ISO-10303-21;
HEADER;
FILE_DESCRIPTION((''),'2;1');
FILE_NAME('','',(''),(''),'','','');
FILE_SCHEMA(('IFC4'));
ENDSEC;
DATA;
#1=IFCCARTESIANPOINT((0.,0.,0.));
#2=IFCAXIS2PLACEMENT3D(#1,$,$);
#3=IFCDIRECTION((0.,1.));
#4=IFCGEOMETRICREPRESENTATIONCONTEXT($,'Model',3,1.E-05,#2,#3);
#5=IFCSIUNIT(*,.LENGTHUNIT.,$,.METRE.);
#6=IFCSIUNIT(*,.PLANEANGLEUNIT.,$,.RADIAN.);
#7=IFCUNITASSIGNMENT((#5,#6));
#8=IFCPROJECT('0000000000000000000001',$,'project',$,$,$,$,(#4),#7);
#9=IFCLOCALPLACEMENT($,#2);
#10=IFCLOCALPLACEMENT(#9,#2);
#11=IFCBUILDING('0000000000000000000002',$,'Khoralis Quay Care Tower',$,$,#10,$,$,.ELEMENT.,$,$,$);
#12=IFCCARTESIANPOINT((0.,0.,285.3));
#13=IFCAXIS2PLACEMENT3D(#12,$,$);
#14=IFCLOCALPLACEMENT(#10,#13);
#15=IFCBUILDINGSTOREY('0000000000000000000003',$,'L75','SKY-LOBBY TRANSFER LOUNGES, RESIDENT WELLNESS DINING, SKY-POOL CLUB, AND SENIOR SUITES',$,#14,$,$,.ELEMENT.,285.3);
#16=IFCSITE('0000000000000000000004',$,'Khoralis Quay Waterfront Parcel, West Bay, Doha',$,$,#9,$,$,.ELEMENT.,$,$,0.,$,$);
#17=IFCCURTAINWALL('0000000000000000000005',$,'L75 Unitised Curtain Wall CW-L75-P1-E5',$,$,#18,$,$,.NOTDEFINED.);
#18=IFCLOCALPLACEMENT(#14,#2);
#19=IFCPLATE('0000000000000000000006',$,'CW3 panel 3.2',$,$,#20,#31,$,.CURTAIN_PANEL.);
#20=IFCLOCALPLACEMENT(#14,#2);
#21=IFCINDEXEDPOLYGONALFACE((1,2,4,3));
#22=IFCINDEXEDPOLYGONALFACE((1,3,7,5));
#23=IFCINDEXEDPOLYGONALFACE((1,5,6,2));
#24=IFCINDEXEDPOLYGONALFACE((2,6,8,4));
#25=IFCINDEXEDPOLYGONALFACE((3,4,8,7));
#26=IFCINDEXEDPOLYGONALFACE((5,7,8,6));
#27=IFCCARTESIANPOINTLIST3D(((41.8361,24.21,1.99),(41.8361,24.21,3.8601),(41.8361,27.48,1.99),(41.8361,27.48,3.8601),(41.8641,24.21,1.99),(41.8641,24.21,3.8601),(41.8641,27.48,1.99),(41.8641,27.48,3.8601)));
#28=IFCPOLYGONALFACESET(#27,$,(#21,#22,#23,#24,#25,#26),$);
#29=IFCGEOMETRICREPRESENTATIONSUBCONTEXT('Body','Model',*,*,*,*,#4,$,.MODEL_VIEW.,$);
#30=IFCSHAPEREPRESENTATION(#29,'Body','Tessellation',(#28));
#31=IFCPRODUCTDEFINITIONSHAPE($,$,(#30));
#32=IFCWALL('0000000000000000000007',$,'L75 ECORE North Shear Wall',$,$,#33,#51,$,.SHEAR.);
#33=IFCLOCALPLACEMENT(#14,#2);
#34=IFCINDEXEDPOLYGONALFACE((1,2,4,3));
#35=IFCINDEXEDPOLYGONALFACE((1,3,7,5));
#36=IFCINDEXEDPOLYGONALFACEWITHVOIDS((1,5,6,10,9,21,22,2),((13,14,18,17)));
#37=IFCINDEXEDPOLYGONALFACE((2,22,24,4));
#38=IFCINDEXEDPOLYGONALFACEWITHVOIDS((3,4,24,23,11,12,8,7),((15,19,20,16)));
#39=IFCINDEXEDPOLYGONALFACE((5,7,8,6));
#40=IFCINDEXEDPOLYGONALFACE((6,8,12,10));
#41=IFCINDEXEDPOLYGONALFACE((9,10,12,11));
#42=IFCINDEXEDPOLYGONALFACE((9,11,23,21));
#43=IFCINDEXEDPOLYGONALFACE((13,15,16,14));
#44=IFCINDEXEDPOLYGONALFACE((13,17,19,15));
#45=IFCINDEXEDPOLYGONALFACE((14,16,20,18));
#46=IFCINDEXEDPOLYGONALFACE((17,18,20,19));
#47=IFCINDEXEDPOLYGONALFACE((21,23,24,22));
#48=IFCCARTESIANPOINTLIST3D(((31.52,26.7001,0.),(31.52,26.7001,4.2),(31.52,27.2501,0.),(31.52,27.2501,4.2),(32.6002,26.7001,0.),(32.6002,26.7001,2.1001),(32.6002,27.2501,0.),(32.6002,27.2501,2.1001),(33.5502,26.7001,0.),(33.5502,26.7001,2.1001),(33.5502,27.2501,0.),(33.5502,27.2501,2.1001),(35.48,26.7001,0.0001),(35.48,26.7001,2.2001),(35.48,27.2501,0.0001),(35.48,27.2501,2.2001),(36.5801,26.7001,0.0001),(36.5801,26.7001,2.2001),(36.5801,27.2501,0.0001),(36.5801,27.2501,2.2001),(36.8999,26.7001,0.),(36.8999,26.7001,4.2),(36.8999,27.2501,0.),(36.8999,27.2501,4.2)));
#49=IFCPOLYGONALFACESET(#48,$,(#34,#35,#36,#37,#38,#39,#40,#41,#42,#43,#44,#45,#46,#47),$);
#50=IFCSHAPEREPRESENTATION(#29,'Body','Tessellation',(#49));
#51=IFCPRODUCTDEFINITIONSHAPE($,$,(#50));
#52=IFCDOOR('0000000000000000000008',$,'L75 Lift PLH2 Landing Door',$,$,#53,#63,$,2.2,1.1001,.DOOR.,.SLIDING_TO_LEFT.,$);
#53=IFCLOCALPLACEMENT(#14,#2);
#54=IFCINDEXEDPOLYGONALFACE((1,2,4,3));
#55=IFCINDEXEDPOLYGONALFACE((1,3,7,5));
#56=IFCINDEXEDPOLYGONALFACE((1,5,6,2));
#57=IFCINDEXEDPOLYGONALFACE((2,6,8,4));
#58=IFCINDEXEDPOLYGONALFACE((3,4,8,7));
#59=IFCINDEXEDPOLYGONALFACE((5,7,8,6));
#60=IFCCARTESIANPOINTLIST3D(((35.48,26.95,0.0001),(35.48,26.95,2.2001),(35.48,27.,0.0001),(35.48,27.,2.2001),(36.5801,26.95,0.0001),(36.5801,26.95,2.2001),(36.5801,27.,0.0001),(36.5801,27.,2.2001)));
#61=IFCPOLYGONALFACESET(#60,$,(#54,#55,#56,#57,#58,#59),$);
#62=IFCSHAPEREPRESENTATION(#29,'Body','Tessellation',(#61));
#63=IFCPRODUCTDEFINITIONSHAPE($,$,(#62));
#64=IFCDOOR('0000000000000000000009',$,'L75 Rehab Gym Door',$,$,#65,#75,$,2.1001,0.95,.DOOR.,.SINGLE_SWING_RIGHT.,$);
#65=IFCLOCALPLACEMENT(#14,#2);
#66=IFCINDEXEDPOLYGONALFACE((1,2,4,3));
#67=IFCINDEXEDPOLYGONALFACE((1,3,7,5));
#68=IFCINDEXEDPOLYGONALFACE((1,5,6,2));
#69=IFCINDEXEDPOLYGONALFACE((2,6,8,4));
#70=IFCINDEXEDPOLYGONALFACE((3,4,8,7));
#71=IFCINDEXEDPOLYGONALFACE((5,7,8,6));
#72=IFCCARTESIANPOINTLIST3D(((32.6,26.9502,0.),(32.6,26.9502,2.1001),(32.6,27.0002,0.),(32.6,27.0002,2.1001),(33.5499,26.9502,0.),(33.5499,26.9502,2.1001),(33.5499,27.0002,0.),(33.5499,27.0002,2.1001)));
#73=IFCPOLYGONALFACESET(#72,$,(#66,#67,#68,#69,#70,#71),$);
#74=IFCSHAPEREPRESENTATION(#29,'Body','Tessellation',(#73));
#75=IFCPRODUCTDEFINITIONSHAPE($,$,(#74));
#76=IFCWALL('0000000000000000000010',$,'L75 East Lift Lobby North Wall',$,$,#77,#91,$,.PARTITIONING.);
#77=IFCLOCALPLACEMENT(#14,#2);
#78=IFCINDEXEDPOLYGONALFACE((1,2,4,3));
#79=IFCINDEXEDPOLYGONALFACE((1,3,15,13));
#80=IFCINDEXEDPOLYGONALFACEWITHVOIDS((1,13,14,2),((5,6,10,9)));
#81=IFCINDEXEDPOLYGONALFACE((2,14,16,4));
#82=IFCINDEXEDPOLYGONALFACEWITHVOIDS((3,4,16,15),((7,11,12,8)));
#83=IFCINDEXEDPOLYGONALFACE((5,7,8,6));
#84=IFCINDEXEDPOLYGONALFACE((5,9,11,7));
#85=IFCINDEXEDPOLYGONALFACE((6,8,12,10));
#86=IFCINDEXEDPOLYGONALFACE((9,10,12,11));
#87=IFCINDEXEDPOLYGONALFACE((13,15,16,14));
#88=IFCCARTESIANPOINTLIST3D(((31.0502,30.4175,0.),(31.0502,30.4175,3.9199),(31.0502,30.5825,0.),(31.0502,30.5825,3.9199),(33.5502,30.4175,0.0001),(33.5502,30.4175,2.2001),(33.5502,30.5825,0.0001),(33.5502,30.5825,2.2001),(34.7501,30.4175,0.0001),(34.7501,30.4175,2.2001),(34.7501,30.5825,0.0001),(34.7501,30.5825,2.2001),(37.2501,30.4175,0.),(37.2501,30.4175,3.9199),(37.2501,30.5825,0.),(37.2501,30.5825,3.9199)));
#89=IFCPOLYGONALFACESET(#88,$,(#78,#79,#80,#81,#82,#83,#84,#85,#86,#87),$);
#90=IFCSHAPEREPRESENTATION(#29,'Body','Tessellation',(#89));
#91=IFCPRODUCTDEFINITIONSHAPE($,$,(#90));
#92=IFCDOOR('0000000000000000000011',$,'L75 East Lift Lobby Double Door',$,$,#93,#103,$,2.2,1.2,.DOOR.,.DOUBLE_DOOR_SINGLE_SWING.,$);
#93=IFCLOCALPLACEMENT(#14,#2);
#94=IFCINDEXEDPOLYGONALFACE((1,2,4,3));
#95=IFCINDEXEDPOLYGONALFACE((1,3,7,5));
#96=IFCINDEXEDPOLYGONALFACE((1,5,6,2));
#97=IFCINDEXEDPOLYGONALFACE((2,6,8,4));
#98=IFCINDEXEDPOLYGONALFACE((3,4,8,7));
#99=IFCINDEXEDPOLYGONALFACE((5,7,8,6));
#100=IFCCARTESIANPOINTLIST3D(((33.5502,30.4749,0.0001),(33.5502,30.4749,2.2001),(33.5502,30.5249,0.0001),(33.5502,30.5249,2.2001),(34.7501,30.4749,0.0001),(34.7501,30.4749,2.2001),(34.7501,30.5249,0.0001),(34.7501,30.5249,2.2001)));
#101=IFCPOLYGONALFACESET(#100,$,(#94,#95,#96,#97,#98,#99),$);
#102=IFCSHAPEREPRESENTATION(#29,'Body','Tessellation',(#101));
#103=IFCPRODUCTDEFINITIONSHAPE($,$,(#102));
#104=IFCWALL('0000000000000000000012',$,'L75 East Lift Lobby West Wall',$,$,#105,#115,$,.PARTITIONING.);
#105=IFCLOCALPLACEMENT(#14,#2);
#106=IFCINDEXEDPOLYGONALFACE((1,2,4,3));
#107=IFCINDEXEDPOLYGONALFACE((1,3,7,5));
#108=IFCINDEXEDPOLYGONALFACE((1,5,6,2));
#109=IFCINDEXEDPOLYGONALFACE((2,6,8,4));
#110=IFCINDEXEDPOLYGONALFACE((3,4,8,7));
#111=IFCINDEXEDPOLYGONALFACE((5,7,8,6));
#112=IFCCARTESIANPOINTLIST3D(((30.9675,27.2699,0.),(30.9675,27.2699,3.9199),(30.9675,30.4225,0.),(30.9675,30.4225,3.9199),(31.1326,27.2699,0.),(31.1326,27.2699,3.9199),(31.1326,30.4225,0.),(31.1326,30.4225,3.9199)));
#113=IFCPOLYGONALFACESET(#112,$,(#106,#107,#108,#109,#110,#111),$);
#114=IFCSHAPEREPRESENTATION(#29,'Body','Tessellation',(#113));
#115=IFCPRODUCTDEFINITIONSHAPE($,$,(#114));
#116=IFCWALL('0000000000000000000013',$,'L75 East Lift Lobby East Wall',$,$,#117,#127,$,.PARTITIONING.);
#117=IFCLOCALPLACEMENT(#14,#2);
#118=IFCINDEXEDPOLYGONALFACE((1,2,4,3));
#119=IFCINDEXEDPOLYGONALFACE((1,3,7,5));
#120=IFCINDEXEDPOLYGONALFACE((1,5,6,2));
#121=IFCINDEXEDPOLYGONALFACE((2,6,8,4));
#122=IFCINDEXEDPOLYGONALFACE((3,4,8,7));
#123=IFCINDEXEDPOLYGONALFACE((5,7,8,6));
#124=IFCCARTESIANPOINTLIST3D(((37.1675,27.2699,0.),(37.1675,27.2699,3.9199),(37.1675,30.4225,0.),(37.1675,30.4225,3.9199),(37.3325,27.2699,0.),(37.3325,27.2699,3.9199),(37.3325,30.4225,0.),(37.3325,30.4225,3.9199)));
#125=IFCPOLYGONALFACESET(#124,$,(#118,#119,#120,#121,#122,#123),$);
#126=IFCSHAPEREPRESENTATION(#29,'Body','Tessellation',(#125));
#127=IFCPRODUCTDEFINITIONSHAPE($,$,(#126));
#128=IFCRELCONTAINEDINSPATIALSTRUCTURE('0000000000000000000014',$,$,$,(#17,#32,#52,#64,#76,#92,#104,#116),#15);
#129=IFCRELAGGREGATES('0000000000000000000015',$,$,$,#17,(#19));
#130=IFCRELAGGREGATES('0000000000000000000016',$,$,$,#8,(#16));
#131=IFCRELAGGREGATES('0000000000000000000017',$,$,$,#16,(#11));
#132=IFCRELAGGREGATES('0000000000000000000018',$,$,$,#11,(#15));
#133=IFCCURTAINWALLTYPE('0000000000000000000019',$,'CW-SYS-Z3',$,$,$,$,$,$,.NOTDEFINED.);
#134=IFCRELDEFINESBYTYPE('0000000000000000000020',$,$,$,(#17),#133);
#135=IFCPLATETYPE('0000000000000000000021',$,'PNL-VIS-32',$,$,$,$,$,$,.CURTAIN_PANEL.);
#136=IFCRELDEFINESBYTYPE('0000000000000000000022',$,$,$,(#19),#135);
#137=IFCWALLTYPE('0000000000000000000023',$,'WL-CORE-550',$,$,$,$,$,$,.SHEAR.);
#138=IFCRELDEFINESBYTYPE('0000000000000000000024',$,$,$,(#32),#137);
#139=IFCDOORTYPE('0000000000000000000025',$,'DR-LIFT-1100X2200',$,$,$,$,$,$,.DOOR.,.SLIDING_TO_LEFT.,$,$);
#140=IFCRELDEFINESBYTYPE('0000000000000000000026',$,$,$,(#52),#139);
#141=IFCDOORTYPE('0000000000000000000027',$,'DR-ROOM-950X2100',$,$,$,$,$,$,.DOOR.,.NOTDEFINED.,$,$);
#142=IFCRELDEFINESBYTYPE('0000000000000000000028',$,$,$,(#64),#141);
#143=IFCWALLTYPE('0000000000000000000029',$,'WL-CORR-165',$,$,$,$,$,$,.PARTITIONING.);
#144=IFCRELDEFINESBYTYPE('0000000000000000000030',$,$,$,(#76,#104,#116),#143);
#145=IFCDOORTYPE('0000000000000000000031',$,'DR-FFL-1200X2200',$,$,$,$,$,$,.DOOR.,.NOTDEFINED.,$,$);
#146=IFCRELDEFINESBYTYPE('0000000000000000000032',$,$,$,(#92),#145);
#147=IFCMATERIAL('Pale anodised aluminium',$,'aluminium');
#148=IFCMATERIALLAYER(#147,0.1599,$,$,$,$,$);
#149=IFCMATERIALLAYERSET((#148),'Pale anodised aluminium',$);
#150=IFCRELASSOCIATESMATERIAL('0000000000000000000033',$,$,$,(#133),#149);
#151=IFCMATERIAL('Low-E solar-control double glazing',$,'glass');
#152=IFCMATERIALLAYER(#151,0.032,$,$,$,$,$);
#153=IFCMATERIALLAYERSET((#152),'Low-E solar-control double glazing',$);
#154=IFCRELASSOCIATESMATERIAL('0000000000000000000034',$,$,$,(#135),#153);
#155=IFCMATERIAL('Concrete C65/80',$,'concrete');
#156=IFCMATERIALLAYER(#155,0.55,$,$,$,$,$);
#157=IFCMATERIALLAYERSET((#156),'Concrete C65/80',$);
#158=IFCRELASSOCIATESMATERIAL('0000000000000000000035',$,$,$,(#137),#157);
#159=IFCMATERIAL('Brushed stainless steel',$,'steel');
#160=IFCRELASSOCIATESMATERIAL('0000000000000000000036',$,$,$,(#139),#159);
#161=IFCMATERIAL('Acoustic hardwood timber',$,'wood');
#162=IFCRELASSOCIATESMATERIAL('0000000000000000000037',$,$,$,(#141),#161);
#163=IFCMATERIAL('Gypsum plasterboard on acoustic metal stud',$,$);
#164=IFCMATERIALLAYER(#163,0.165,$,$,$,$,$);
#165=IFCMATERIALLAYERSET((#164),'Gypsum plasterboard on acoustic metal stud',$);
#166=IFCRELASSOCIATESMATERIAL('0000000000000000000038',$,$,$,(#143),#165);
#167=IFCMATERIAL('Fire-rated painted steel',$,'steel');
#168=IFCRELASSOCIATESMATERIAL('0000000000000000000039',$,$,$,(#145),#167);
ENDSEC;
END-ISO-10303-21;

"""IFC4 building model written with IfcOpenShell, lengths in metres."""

from ifc_helpers import new_model, si_unit, direction, frame, frame_2d, origin, origin_2d, place, context, subcontext, project, spatial, rectangle, extrude, source, transform, mapped, material, layer, layer_set, type_object, element, fill, aggregate, save


model = new_model("IFC4")

# Units and contexts
model_context = context("Model", 3, precision=1e-05, world=origin(), true_north=direction((0.0, 1.0)))
body_context = subcontext(model_context, "Body", "Model", "MODEL_VIEW")
ifc_project = project(units=[si_unit("LENGTHUNIT", "METRE"), si_unit("PLANEANGLEUNIT", "RADIAN")], contexts=[model_context])

# Site, building, storey
site_placement = place(None, origin())
site = spatial("IfcSite", under=ifc_project, at=site_placement, Name="Khoralis Quay Waterfront Parcel, West Bay, Doha", CompositionType="ELEMENT", RefElevation=0.0)
building_placement = place(site_placement, origin())
building = spatial("IfcBuilding", under=site, at=building_placement, Name="Khoralis Quay Care Tower", CompositionType="ELEMENT")
storey_placement = place(building_placement, frame((0.0, 0.0, 285.3)))
storey = spatial("IfcBuildingStorey", under=building, at=storey_placement, Name="L75", Description="SKY-LOBBY TRANSFER LOUNGES, RESIDENT WELLNESS DINING, SKY-POOL CLUB, AND SENIOR SUITES", CompositionType="ELEMENT", Elevation=285.3)

# Curtain wall, plate
ifc_material_1 = material(Name="Pale anodised aluminium", Category="aluminium")
ifc_layer_1 = layer(ifc_material_1, 0.1599)
ifc_layer_set_1 = layer_set([ifc_layer_1], Name="Pale anodised aluminium")
curtain_wall_type = type_object("IfcCurtainWallType", Name="CW-SYS-Z3", PredefinedType="NOTDEFINED", material=ifc_layer_set_1)
curtain_wall_placement = place(storey_placement, origin())
curtain_wall = element("IfcCurtainWall", 1, at=curtain_wall_placement, inside=storey, type_object=curtain_wall_type, Name="L75 Unitised Curtain Wall CW-L75-P1-E5", PredefinedType="NOTDEFINED")
ifc_material_2 = material(Name="Low-E solar-control double glazing", Category="glass")
ifc_layer_2 = layer(ifc_material_2, 0.032)
ifc_layer_set_2 = layer_set([ifc_layer_2], Name="Low-E solar-control double glazing")
plate_type = type_object("IfcPlateType", Name="PNL-VIS-32", PredefinedType="CURTAIN_PANEL", material=ifc_layer_set_2)
shared_shape_1 = source(origin(), body_context, "Body", "SweptSolid", [
    extrude(rectangle(XDim=3.27, YDim=0.0281, at=origin_2d()), origin(), (0.0, 0.0, 1.0), 1.8701),
])
plate_1_placement = place(storey_placement, frame((41.8501, 25.845, 1.99), z_axis=(0.0, 0.0, 1.0), x_axis=(0.0, 1.0, 0.0)))
plate_1 = element("IfcPlate", 2, at=plate_1_placement, type_object=plate_type, Name="CW3 panel 3.2", PredefinedType="CURTAIN_PANEL", context=body_context, shape_type="MappedRepresentation", body=[
    mapped(shared_shape_1, transform((0.0, 0.0, 0.0), scale=1.0)),
])
aggregate(curtain_wall, [plate_1])

# Wall, openings, doors
ifc_material_3 = material(Name="Concrete C65/80", Category="concrete")
ifc_layer_3 = layer(ifc_material_3, 0.55)
ifc_layer_set_3 = layer_set([ifc_layer_3], Name="Concrete C65/80")
wall_type_1 = type_object("IfcWallType", Name="WL-CORE-550", PredefinedType="SHEAR", material=ifc_layer_set_3)
wall_1_placement = place(storey_placement, frame((31.52, 26.9751, 0.0), z_axis=(0.0, 0.0, 1.0), x_axis=(1.0, 0.0, 0.0)))
wall_1 = element("IfcWall", 3, at=wall_1_placement, inside=storey, type_object=wall_type_1, Name="L75 ECORE North Shear Wall", PredefinedType="SHEAR", context=body_context, shape_type="SweptSolid", body=[
    extrude(rectangle(XDim=5.3799, YDim=0.55, at=frame_2d((2.6899, 0.0))), origin(), (0.0, 0.0, 1.0), 4.2),
])
opening_1_placement = place(wall_1_placement, frame((1.0801, 0.0, 0.0)))
opening_1 = element("IfcOpeningElement", 4, at=opening_1_placement, cuts=wall_1, PredefinedType="OPENING", context=body_context, shape_type="SweptSolid", body=[
    extrude(rectangle(XDim=0.95, YDim=2.1001, at=frame_2d((0.4751, 1.05))), frame((0.0, 0.2852, 0.0), z_axis=(0.0, -1.0, 0.0), x_axis=(1.0, 0.0, 0.0)), (0.0, 0.0, 1.0), 0.5701),
])
opening_2_placement = place(wall_1_placement, frame((3.96, 0.0, 0.0)))
opening_2 = element("IfcOpeningElement", 5, at=opening_2_placement, cuts=wall_1, PredefinedType="OPENING", context=body_context, shape_type="SweptSolid", body=[
    extrude(rectangle(XDim=1.1001, YDim=2.2, at=frame_2d((0.55, 1.1001))), frame((0.0, 0.2852, 0.0), z_axis=(0.0, -1.0, 0.0), x_axis=(1.0, 0.0, 0.0)), (0.0, 0.0, 1.0), 0.5701),
])
ifc_material_4 = material(Name="Brushed stainless steel", Category="steel")
door_type_1 = type_object("IfcDoorType", Name="DR-LIFT-1100X2200", OperationType="SLIDING_TO_LEFT", PredefinedType="DOOR", material=ifc_material_4)
shared_shape_2 = source(origin(), body_context, "Body", "SweptSolid", [
    extrude(rectangle(XDim=1.1001, YDim=2.2, at=frame_2d((0.55, 1.1001))), frame((0.0, 0.0249, 0.0), z_axis=(0.0, -1.0, 0.0), x_axis=(1.0, 0.0, 0.0)), (0.0, 0.0, 1.0), 0.05),
])
door_1_placement = place(opening_2_placement, origin())
door_1 = element("IfcDoor", 6, at=door_1_placement, inside=storey, type_object=door_type_1, Name="L75 Lift PLH2 Landing Door", OperationType="SLIDING_TO_LEFT", OverallHeight=2.2, OverallWidth=1.1001, PredefinedType="DOOR", context=body_context, shape_type="MappedRepresentation", body=[
    mapped(shared_shape_2, transform((0.0, 0.0, 0.0), scale=1.0)),
])
fill(opening_2, door_1)
ifc_material_5 = material(Name="Acoustic hardwood timber", Category="wood")
door_type_2 = type_object("IfcDoorType", Name="DR-ROOM-950X2100", OperationType="NOTDEFINED", PredefinedType="DOOR", material=ifc_material_5)
shared_shape_3 = source(origin(), body_context, "Body", "SweptSolid", [
    extrude(rectangle(XDim=0.95, YDim=2.1001, at=frame_2d((0.4751, 1.05))), frame((0.0, 0.0249, 0.0), z_axis=(0.0, -1.0, 0.0), x_axis=(1.0, 0.0, 0.0)), (0.0, 0.0, 1.0), 0.05),
])
door_2_placement = place(opening_1_placement, frame((0.95, 0.0, 0.0), z_axis=(0.0, 0.0, 1.0), x_axis=(-1.0, 0.0, 0.0)))
door_2 = element("IfcDoor", 7, at=door_2_placement, inside=storey, type_object=door_type_2, Name="L75 Rehab Gym Door", OperationType="SINGLE_SWING_RIGHT", OverallHeight=2.1001, OverallWidth=0.95, PredefinedType="DOOR", context=body_context, shape_type="MappedRepresentation", body=[
    mapped(shared_shape_3, transform((0.0, 0.0, 0.0), scale=1.0)),
])
fill(opening_1, door_2)

# Wall, opening, door
ifc_material_6 = material(Name="Gypsum plasterboard on acoustic metal stud")
ifc_layer_4 = layer(ifc_material_6, 0.165)
ifc_layer_set_4 = layer_set([ifc_layer_4], Name="Gypsum plasterboard on acoustic metal stud")
wall_type_2 = type_object("IfcWallType", Name="WL-CORR-165", PredefinedType="PARTITIONING", material=ifc_layer_set_4)
wall_2_placement = place(storey_placement, frame((31.05, 30.5, 0.0), z_axis=(0.0, 0.0, 1.0), x_axis=(1.0, 0.0, 0.0)))
wall_2 = element("IfcWall", 8, at=wall_2_placement, inside=storey, type_object=wall_type_2, Name="L75 East Lift Lobby North Wall", PredefinedType="PARTITIONING", context=body_context, shape_type="SweptSolid", body=[
    extrude(rectangle(XDim=6.2, YDim=0.165, at=frame_2d((3.1001, 0.0))), origin(), (0.0, 0.0, 1.0), 3.9199),
])
opening_3_placement = place(wall_2_placement, frame((2.5, 0.0, 0.0)))
opening_3 = element("IfcOpeningElement", 9, at=opening_3_placement, cuts=wall_2, PredefinedType="OPENING", context=body_context, shape_type="SweptSolid", body=[
    extrude(rectangle(XDim=1.2, YDim=2.2, at=frame_2d((0.6001, 1.1001))), frame((0.0, 0.0925, 0.0), z_axis=(0.0, -1.0, 0.0), x_axis=(1.0, 0.0, 0.0)), (0.0, 0.0, 1.0), 0.1851),
])
ifc_material_7 = material(Name="Fire-rated painted steel", Category="steel")
door_type_3 = type_object("IfcDoorType", Name="DR-FFL-1200X2200", OperationType="NOTDEFINED", PredefinedType="DOOR", material=ifc_material_7)
shared_shape_4 = source(origin(), body_context, "Body", "SweptSolid", [
    extrude(rectangle(XDim=1.2, YDim=2.2, at=frame_2d((0.6001, 1.1001))), frame((0.0, 0.0249, 0.0), z_axis=(0.0, -1.0, 0.0), x_axis=(1.0, 0.0, 0.0)), (0.0, 0.0, 1.0), 0.05),
])
door_3_placement = place(opening_3_placement, origin())
door_3 = element("IfcDoor", 10, at=door_3_placement, inside=storey, type_object=door_type_3, Name="L75 East Lift Lobby Double Door", OperationType="DOUBLE_DOOR_SINGLE_SWING", OverallHeight=2.2, OverallWidth=1.2, PredefinedType="DOOR", context=body_context, shape_type="MappedRepresentation", body=[
    mapped(shared_shape_4, transform((0.0, 0.0, 0.0), scale=1.0)),
])
fill(opening_3, door_3)

# Walls
for number, where, z_axis, x_axis, name in (
    (11, (31.05, 27.27, 0.0), (0.0, 0.0, 1.0), (0.0, 1.0, 0.0), "L75 East Lift Lobby West Wall"),
    (12, (37.25, 27.27, 0.0), (0.0, 0.0, 1.0), (0.0, 1.0, 0.0), "L75 East Lift Lobby East Wall"),
):
    element("IfcWall", number, at=place(storey_placement, frame(where, z_axis=z_axis, x_axis=x_axis)), inside=storey, type_object=wall_type_2, Name=name, PredefinedType="PARTITIONING", context=body_context, shape_type="SweptSolid", body=[
        extrude(rectangle(XDim=3.1526, YDim=0.165, at=frame_2d((1.5762, 0.0))), origin(), (0.0, 0.0, 1.0), 3.9199),
    ])

save(model, "model.ifc")
